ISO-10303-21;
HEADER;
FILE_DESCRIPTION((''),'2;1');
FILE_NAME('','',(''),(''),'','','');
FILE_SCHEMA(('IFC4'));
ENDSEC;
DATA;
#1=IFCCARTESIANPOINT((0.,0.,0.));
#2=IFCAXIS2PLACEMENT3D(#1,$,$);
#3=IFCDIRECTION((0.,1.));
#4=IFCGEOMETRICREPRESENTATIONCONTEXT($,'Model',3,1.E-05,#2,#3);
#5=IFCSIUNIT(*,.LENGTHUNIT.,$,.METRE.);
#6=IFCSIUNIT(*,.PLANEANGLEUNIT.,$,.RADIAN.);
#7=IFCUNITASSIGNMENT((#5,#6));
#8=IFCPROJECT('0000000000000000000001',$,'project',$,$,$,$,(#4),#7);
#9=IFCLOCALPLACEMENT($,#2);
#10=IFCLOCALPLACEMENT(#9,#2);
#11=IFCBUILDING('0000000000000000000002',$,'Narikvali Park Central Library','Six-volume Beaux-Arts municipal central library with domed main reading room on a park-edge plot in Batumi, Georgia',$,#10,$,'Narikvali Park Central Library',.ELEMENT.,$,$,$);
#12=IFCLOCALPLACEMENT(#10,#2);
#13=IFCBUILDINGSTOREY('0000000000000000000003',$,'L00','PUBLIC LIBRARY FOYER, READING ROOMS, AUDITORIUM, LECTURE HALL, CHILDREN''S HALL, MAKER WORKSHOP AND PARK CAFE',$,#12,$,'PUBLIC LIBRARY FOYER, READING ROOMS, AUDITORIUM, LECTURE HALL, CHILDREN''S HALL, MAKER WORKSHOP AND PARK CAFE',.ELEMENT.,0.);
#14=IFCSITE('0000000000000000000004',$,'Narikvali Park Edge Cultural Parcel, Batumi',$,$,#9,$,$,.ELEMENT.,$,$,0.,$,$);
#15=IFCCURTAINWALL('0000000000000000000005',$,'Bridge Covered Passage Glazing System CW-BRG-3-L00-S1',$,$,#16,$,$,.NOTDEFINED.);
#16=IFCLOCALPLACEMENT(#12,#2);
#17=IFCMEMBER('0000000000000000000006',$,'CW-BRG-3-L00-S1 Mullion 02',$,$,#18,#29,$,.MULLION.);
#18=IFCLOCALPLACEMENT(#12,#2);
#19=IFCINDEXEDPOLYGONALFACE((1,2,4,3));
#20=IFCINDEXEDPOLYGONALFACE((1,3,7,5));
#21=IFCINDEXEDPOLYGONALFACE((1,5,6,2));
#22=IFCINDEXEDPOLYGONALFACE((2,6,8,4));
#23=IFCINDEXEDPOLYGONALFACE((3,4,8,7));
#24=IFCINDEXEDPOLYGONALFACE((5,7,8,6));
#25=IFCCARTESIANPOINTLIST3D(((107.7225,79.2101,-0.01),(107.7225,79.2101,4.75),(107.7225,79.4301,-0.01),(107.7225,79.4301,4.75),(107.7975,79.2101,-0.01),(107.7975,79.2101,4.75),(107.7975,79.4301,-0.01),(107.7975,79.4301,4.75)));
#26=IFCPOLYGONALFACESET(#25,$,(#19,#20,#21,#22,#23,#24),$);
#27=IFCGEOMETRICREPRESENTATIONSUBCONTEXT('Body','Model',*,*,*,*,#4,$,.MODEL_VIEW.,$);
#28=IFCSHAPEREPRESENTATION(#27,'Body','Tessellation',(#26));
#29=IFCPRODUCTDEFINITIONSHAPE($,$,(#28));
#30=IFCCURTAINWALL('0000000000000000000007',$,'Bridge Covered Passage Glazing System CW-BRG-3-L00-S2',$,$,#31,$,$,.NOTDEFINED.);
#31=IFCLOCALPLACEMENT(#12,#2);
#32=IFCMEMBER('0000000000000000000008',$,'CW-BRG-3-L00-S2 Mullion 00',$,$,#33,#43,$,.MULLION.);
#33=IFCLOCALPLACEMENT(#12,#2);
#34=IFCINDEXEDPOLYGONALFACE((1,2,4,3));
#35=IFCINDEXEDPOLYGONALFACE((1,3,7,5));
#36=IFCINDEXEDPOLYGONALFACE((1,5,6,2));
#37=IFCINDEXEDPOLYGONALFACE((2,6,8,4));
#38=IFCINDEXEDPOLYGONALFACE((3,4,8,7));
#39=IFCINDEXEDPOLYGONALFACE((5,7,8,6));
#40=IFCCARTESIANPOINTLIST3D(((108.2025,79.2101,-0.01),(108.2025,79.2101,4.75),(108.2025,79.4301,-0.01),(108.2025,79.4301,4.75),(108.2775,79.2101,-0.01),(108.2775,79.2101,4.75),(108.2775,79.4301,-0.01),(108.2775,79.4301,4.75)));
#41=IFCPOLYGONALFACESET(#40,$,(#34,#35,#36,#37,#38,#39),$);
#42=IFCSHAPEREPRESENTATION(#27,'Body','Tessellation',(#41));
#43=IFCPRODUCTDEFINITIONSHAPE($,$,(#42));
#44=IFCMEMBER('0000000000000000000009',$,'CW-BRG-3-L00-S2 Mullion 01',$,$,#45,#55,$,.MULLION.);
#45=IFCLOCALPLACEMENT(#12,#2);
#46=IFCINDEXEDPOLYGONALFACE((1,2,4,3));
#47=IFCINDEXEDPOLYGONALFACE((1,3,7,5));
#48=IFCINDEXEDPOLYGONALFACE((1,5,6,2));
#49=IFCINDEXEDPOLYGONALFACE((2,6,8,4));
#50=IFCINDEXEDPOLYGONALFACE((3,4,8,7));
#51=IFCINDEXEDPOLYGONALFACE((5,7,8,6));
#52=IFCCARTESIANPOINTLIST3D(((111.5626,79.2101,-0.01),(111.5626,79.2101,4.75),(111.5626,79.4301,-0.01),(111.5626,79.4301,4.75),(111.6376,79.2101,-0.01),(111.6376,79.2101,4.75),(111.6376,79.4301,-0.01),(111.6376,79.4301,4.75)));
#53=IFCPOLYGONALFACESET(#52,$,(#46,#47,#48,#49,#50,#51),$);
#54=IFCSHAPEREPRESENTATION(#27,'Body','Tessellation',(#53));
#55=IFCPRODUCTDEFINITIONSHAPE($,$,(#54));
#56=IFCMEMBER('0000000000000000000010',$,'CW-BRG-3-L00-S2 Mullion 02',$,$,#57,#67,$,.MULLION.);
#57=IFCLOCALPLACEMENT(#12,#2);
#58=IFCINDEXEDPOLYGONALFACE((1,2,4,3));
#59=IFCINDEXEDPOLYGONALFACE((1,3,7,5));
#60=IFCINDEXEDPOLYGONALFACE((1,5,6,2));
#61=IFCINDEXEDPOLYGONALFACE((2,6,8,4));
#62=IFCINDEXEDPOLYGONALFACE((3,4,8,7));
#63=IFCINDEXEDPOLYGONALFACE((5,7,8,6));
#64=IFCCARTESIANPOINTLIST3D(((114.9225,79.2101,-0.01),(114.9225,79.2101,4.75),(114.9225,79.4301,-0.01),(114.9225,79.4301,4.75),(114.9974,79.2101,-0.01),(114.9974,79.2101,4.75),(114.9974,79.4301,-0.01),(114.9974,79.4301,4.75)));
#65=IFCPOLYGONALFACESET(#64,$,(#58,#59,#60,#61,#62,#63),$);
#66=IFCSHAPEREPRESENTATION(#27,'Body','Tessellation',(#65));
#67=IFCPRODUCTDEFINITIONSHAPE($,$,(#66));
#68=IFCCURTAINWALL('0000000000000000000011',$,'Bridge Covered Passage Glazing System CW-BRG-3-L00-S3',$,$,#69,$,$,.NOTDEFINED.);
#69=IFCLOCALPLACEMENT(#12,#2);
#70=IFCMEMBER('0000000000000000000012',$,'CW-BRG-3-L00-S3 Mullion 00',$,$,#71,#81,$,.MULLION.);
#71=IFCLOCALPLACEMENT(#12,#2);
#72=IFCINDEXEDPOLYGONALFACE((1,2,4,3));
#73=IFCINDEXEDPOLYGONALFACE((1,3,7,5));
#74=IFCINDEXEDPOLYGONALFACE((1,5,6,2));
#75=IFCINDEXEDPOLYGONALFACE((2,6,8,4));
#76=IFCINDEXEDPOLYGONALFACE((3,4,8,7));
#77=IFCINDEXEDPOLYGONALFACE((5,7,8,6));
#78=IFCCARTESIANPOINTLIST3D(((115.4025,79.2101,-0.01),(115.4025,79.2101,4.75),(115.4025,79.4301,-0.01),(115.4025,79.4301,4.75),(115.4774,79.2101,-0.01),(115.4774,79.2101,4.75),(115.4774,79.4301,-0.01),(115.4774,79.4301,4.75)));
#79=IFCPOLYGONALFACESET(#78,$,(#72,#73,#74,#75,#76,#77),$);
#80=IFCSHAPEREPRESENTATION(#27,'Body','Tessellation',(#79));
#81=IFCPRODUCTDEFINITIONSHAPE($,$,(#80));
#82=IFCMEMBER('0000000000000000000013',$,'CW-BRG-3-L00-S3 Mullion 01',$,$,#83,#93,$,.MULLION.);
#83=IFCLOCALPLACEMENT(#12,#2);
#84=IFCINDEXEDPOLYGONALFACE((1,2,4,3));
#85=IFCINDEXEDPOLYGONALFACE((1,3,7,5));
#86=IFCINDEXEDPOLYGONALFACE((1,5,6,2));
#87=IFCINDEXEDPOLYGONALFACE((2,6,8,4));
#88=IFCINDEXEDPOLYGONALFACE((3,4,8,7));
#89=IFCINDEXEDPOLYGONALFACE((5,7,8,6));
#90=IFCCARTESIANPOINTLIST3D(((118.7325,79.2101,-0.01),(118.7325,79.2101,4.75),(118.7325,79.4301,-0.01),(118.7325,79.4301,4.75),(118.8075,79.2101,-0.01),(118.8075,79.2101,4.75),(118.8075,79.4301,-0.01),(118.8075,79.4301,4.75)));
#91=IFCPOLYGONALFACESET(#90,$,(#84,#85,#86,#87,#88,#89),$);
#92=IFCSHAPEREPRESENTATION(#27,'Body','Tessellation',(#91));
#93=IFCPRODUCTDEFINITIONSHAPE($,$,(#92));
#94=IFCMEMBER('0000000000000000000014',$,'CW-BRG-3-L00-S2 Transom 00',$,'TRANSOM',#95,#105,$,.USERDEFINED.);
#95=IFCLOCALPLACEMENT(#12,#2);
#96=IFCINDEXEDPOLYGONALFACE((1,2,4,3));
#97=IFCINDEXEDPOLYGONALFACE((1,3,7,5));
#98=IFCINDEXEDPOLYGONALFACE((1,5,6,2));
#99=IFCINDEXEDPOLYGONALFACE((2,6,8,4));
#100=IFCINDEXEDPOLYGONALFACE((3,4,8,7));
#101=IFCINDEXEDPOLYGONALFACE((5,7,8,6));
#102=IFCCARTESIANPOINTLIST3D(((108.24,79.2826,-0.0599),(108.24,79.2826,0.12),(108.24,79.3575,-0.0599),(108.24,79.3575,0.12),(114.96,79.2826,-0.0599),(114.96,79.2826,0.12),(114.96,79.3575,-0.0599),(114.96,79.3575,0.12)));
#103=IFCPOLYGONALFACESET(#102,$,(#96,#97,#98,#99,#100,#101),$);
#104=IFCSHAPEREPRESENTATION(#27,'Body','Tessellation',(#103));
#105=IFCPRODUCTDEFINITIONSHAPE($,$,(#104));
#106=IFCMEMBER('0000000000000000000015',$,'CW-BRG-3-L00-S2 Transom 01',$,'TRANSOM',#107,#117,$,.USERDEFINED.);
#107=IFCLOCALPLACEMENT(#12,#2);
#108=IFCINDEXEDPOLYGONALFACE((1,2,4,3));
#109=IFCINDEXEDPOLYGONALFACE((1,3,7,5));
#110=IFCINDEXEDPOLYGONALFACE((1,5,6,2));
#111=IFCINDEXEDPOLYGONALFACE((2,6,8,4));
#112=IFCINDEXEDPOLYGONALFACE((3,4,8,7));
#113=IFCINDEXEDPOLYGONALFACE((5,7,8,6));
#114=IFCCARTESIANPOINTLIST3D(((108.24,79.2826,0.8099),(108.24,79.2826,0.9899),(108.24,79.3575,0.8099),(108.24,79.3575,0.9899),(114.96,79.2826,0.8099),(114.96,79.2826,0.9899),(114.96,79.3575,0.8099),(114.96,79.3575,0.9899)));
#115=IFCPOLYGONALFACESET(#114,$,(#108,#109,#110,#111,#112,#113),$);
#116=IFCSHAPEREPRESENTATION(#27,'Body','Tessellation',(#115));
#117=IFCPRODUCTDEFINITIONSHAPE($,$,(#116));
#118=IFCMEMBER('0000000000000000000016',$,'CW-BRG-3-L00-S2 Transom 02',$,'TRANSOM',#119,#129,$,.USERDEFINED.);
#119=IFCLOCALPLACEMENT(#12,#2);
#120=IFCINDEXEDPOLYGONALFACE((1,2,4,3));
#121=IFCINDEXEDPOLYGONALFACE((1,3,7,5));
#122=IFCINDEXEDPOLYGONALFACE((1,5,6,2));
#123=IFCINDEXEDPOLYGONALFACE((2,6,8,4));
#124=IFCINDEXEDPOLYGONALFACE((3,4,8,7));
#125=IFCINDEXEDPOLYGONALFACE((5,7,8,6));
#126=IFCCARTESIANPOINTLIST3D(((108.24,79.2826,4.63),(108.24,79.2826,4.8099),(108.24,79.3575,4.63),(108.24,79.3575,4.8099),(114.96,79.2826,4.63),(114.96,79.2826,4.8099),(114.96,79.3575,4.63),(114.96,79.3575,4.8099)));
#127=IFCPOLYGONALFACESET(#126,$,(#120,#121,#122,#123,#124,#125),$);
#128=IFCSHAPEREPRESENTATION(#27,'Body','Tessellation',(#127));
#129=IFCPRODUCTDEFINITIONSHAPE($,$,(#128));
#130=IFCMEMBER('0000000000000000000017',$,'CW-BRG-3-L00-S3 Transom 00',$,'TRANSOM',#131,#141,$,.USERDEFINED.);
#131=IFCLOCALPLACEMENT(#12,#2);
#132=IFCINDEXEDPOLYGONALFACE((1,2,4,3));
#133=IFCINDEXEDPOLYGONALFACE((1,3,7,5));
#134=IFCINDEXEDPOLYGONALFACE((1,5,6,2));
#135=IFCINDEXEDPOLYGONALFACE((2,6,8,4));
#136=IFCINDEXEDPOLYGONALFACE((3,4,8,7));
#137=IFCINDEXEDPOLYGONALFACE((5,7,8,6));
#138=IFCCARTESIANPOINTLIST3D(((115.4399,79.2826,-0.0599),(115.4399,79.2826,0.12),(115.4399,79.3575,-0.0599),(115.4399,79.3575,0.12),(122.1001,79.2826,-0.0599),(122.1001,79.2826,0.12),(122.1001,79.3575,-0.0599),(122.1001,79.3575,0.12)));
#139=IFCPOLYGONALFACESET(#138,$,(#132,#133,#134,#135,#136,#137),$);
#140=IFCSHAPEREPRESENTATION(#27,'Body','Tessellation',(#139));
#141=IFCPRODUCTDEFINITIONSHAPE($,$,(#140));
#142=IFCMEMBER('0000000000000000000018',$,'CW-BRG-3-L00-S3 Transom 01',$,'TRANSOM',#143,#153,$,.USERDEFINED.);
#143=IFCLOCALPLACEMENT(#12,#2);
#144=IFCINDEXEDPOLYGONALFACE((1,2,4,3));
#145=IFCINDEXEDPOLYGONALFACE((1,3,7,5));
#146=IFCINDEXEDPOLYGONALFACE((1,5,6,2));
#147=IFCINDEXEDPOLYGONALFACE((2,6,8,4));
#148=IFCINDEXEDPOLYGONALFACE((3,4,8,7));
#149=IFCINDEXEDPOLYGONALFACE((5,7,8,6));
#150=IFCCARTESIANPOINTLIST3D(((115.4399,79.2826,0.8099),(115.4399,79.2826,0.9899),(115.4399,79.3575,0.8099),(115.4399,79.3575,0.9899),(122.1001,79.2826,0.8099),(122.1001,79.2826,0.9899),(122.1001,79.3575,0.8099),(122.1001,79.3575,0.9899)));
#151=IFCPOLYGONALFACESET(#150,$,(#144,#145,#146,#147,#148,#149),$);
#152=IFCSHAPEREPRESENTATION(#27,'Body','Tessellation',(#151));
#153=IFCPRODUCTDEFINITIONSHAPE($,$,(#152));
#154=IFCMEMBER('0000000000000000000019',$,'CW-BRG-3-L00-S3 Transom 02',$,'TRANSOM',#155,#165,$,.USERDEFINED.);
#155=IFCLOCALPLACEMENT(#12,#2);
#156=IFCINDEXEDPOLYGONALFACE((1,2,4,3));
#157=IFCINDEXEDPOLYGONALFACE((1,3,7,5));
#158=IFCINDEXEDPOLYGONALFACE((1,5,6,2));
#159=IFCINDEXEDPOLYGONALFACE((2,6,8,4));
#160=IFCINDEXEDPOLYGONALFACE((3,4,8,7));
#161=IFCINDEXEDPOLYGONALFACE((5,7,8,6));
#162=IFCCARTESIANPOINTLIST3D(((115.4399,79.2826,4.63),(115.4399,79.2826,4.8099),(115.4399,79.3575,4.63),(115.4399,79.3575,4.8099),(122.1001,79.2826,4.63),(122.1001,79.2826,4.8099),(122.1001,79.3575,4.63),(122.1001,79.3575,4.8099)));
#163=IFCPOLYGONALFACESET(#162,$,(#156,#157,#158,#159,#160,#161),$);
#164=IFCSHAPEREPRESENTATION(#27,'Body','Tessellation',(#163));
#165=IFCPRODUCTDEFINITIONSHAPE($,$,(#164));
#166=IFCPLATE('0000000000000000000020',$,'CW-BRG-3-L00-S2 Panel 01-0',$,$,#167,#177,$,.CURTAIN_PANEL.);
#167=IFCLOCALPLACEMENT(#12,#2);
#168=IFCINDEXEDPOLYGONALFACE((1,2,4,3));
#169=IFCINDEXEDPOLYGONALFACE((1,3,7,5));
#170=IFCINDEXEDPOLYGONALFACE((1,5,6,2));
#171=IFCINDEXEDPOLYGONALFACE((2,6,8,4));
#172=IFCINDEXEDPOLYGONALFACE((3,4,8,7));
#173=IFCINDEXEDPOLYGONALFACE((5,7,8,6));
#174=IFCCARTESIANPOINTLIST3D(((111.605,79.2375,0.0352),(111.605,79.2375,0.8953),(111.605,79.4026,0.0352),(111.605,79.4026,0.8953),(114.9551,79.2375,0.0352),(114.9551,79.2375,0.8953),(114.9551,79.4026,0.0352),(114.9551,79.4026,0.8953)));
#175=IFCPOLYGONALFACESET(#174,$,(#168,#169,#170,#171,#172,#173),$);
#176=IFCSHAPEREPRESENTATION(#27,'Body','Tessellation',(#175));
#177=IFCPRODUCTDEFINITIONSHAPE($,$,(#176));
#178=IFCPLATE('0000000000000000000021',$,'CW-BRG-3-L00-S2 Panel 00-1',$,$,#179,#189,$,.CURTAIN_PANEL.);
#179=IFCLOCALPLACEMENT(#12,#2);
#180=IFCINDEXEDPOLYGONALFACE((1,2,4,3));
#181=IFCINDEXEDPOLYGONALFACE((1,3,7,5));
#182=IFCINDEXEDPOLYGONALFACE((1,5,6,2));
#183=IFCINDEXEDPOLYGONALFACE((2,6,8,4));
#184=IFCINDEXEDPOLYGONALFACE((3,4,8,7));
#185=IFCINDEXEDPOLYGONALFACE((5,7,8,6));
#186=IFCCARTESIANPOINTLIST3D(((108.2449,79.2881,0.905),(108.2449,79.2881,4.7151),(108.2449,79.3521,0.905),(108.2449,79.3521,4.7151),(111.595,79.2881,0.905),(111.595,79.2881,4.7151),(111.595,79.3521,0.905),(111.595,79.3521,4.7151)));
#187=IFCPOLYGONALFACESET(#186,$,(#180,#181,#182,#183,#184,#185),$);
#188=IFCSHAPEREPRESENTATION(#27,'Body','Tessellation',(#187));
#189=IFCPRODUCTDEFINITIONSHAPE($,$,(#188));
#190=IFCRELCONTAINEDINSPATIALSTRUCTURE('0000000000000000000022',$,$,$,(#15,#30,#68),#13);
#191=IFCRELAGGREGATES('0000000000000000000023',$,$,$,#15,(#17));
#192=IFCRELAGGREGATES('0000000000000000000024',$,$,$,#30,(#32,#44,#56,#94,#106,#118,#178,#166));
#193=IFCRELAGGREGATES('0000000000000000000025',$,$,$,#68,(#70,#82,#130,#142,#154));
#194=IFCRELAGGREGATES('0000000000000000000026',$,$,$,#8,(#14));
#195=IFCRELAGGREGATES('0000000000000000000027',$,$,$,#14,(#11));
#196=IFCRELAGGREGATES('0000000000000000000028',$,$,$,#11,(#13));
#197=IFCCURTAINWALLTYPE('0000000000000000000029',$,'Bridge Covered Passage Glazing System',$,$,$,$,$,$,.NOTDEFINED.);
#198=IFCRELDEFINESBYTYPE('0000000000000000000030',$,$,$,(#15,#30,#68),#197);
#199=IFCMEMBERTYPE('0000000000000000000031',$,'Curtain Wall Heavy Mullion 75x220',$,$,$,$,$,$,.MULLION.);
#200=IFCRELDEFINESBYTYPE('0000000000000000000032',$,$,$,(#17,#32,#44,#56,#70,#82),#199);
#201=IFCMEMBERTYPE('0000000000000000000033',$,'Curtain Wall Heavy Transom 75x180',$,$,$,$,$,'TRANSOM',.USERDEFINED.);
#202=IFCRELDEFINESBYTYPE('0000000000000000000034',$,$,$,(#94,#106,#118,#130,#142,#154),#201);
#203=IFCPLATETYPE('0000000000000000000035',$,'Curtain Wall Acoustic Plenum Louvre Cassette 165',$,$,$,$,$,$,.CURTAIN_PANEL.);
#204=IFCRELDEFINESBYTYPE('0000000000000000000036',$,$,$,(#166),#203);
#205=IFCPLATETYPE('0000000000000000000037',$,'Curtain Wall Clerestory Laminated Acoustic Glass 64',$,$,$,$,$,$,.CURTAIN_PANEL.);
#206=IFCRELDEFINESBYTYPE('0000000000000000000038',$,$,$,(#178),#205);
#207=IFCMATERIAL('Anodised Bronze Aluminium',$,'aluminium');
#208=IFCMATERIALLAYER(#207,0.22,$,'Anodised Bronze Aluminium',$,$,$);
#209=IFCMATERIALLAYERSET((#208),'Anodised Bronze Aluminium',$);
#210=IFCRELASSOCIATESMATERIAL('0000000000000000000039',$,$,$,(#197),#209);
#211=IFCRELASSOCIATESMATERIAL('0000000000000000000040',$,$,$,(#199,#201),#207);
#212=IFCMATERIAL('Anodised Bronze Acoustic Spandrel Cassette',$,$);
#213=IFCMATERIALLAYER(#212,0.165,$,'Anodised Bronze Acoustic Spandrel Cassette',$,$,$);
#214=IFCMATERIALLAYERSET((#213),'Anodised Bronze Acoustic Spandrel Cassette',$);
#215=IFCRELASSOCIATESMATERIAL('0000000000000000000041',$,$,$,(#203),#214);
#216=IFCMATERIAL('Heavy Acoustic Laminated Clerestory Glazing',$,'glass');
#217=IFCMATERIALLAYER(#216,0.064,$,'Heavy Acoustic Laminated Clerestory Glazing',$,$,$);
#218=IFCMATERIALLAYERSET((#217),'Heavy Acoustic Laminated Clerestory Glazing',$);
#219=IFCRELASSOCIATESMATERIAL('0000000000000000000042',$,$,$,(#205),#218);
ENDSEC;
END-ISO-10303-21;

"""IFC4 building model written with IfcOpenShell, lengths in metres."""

from ifc_helpers import new_model, si_unit, direction, frame, origin, origin_2d, place, context, subcontext, project, spatial, rectangle, extrude, material, layer, layer_set, material_profile, profile_set, type_object, element, aggregate, save


model = new_model("IFC4")

# Units and contexts
model_context = context("Model", 3, precision=1e-05, world=origin(), true_north=direction((0.0, 1.0)))
body_context = subcontext(model_context, "Body", "Model", "MODEL_VIEW")
ifc_project = project(units=[si_unit("LENGTHUNIT", "METRE"), si_unit("PLANEANGLEUNIT", "RADIAN")], contexts=[model_context])

# Site, building, storey
site_placement = place(None, origin())
site = spatial("IfcSite", under=ifc_project, at=site_placement, Name="Narikvali Park Edge Cultural Parcel, Batumi", CompositionType="ELEMENT", RefElevation=0.0)
building_placement = place(site_placement, origin())
building = spatial("IfcBuilding", under=site, at=building_placement, Name="Narikvali Park Central Library", Description="Six-volume Beaux-Arts municipal central library with domed main reading room on a park-edge plot in Batumi, Georgia", LongName="Narikvali Park Central Library", CompositionType="ELEMENT")
storey_placement = place(building_placement, origin())
storey = spatial("IfcBuildingStorey", under=building, at=storey_placement, Name="L00", Description="PUBLIC LIBRARY FOYER, READING ROOMS, AUDITORIUM, LECTURE HALL, CHILDREN'S HALL, MAKER WORKSHOP AND PARK CAFE", LongName="PUBLIC LIBRARY FOYER, READING ROOMS, AUDITORIUM, LECTURE HALL, CHILDREN'S HALL, MAKER WORKSHOP AND PARK CAFE", CompositionType="ELEMENT", Elevation=0.0)

# Curtain wall, member
ifc_material_1 = material(Name="Anodised Bronze Aluminium", Category="aluminium")
ifc_layer_1 = layer(ifc_material_1, 0.22, Name="Anodised Bronze Aluminium")
ifc_layer_set_1 = layer_set([ifc_layer_1], Name="Anodised Bronze Aluminium")
curtain_wall_type = type_object("IfcCurtainWallType", Name="Bridge Covered Passage Glazing System", PredefinedType="NOTDEFINED", material=ifc_layer_set_1)
curtain_wall_1_placement = place(storey_placement, origin())
curtain_wall_1 = element("IfcCurtainWall", 1, at=curtain_wall_1_placement, inside=storey, type_object=curtain_wall_type, Name="Bridge Covered Passage Glazing System CW-BRG-3-L00-S1", PredefinedType="NOTDEFINED")
ifc_material_profile_1 = material_profile(ifc_material_1, rectangle(XDim=0.075, YDim=0.22, at=origin_2d()), Name="CW MULLION 75x220")
ifc_profile_set_1 = profile_set([ifc_material_profile_1], Name="Anodised Bronze Aluminium")
member_type_1 = type_object("IfcMemberType", Name="Curtain Wall Heavy Mullion 75x220", PredefinedType="MULLION", material=ifc_profile_set_1)
member_1_placement = place(storey_placement, frame((107.76, 79.3201, -0.01), z_axis=(0.0, 0.0, 1.0), x_axis=(1.0, 0.0, 0.0)))
member_1 = element("IfcMember", 2, at=member_1_placement, type_object=member_type_1, Name="CW-BRG-3-L00-S1 Mullion 02", PredefinedType="MULLION", context=body_context, shape_type="SweptSolid", body=[
    extrude(rectangle(XDim=0.075, YDim=0.22, at=origin_2d()), origin(), (0.0, 0.0, 1.0), 4.76),
])

# Curtain walls, members
curtain_wall_2_placement = place(storey_placement, origin())
curtain_wall_2 = element("IfcCurtainWall", 3, at=curtain_wall_2_placement, inside=storey, type_object=curtain_wall_type, Name="Bridge Covered Passage Glazing System CW-BRG-3-L00-S2", PredefinedType="NOTDEFINED")
member_2_placement = place(storey_placement, frame((108.24, 79.3201, -0.01), z_axis=(0.0, 0.0, 1.0), x_axis=(1.0, 0.0, 0.0)))
member_2 = element("IfcMember", 4, at=member_2_placement, type_object=member_type_1, Name="CW-BRG-3-L00-S2 Mullion 00", PredefinedType="MULLION", context=body_context, shape_type="SweptSolid", body=[
    extrude(rectangle(XDim=0.075, YDim=0.22, at=origin_2d()), origin(), (0.0, 0.0, 1.0), 4.76),
])
member_3_placement = place(storey_placement, frame((111.6001, 79.3201, -0.01), z_axis=(0.0, 0.0, 1.0), x_axis=(1.0, 0.0, 0.0)))
member_3 = element("IfcMember", 5, at=member_3_placement, type_object=member_type_1, Name="CW-BRG-3-L00-S2 Mullion 01", PredefinedType="MULLION", context=body_context, shape_type="SweptSolid", body=[
    extrude(rectangle(XDim=0.075, YDim=0.22, at=origin_2d()), origin(), (0.0, 0.0, 1.0), 4.76),
])
member_4_placement = place(storey_placement, frame((114.96, 79.3201, -0.01), z_axis=(0.0, 0.0, 1.0), x_axis=(1.0, 0.0, 0.0)))
member_4 = element("IfcMember", 6, at=member_4_placement, type_object=member_type_1, Name="CW-BRG-3-L00-S2 Mullion 02", PredefinedType="MULLION", context=body_context, shape_type="SweptSolid", body=[
    extrude(rectangle(XDim=0.075, YDim=0.22, at=origin_2d()), origin(), (0.0, 0.0, 1.0), 4.76),
])
curtain_wall_3_placement = place(storey_placement, origin())
curtain_wall_3 = element("IfcCurtainWall", 7, at=curtain_wall_3_placement, inside=storey, type_object=curtain_wall_type, Name="Bridge Covered Passage Glazing System CW-BRG-3-L00-S3", PredefinedType="NOTDEFINED")
member_5_placement = place(storey_placement, frame((115.4399, 79.3201, -0.01), z_axis=(0.0, 0.0, 1.0), x_axis=(1.0, 0.0, 0.0)))
member_5 = element("IfcMember", 8, at=member_5_placement, type_object=member_type_1, Name="CW-BRG-3-L00-S3 Mullion 00", PredefinedType="MULLION", context=body_context, shape_type="SweptSolid", body=[
    extrude(rectangle(XDim=0.075, YDim=0.22, at=origin_2d()), origin(), (0.0, 0.0, 1.0), 4.76),
])
member_6_placement = place(storey_placement, frame((118.77, 79.3201, -0.01), z_axis=(0.0, 0.0, 1.0), x_axis=(1.0, 0.0, 0.0)))
member_6 = element("IfcMember", 9, at=member_6_placement, type_object=member_type_1, Name="CW-BRG-3-L00-S3 Mullion 01", PredefinedType="MULLION", context=body_context, shape_type="SweptSolid", body=[
    extrude(rectangle(XDim=0.075, YDim=0.22, at=origin_2d()), origin(), (0.0, 0.0, 1.0), 4.76),
])

# Members
ifc_material_profile_2 = material_profile(ifc_material_1, rectangle(XDim=0.075, YDim=0.1799, at=origin_2d()), Name="CW TRANSOM 75x180")
ifc_profile_set_2 = profile_set([ifc_material_profile_2], Name="Anodised Bronze Aluminium")
member_type_2 = type_object("IfcMemberType", Name="Curtain Wall Heavy Transom 75x180", ElementType="TRANSOM", PredefinedType="USERDEFINED", material=ifc_profile_set_2)
member_7_placement = place(storey_placement, frame((108.24, 79.3201, 0.03), z_axis=(1.0, 0.0, 0.0), x_axis=(0.0, 1.0, 0.0)))
member_7 = element("IfcMember", 10, at=member_7_placement, type_object=member_type_2, Name="CW-BRG-3-L00-S2 Transom 00", ObjectType="TRANSOM", PredefinedType="USERDEFINED", context=body_context, shape_type="SweptSolid", body=[
    extrude(rectangle(XDim=0.075, YDim=0.1799, at=origin_2d()), origin(), (0.0, 0.0, 1.0), 6.72),
])
member_8_placement = place(storey_placement, frame((108.24, 79.3201, 0.8999), z_axis=(1.0, 0.0, 0.0), x_axis=(0.0, 1.0, 0.0)))
member_8 = element("IfcMember", 11, at=member_8_placement, type_object=member_type_2, Name="CW-BRG-3-L00-S2 Transom 01", ObjectType="TRANSOM", PredefinedType="USERDEFINED", context=body_context, shape_type="SweptSolid", body=[
    extrude(rectangle(XDim=0.075, YDim=0.1799, at=origin_2d()), origin(), (0.0, 0.0, 1.0), 6.72),
])
member_9_placement = place(storey_placement, frame((108.24, 79.3201, 4.72), z_axis=(1.0, 0.0, 0.0), x_axis=(0.0, 1.0, 0.0)))
member_9 = element("IfcMember", 12, at=member_9_placement, type_object=member_type_2, Name="CW-BRG-3-L00-S2 Transom 02", ObjectType="TRANSOM", PredefinedType="USERDEFINED", context=body_context, shape_type="SweptSolid", body=[
    extrude(rectangle(XDim=0.075, YDim=0.1799, at=origin_2d()), origin(), (0.0, 0.0, 1.0), 6.72),
])
member_10_placement = place(storey_placement, frame((115.4399, 79.3201, 0.03), z_axis=(1.0, 0.0, 0.0), x_axis=(0.0, 1.0, 0.0)))
member_10 = element("IfcMember", 13, at=member_10_placement, type_object=member_type_2, Name="CW-BRG-3-L00-S3 Transom 00", ObjectType="TRANSOM", PredefinedType="USERDEFINED", context=body_context, shape_type="SweptSolid", body=[
    extrude(rectangle(XDim=0.075, YDim=0.1799, at=origin_2d()), origin(), (0.0, 0.0, 1.0), 6.6602),
])
member_11_placement = place(storey_placement, frame((115.4399, 79.3201, 0.8999), z_axis=(1.0, 0.0, 0.0), x_axis=(0.0, 1.0, 0.0)))
member_11 = element("IfcMember", 14, at=member_11_placement, type_object=member_type_2, Name="CW-BRG-3-L00-S3 Transom 01", ObjectType="TRANSOM", PredefinedType="USERDEFINED", context=body_context, shape_type="SweptSolid", body=[
    extrude(rectangle(XDim=0.075, YDim=0.1799, at=origin_2d()), origin(), (0.0, 0.0, 1.0), 6.6602),
])
member_12_placement = place(storey_placement, frame((115.4399, 79.3201, 4.72), z_axis=(1.0, 0.0, 0.0), x_axis=(0.0, 1.0, 0.0)))
member_12 = element("IfcMember", 15, at=member_12_placement, type_object=member_type_2, Name="CW-BRG-3-L00-S3 Transom 02", ObjectType="TRANSOM", PredefinedType="USERDEFINED", context=body_context, shape_type="SweptSolid", body=[
    extrude(rectangle(XDim=0.075, YDim=0.1799, at=origin_2d()), origin(), (0.0, 0.0, 1.0), 6.6602),
])

# Plates
ifc_material_2 = material(Name="Anodised Bronze Acoustic Spandrel Cassette")
ifc_layer_2 = layer(ifc_material_2, 0.165, Name="Anodised Bronze Acoustic Spandrel Cassette")
ifc_layer_set_2 = layer_set([ifc_layer_2], Name="Anodised Bronze Acoustic Spandrel Cassette")
plate_type_1 = type_object("IfcPlateType", Name="Curtain Wall Acoustic Plenum Louvre Cassette 165", PredefinedType="CURTAIN_PANEL", material=ifc_layer_set_2)
plate_1_placement = place(storey_placement, frame((113.28, 79.3201, 0.0352), z_axis=(0.0, 0.0, 1.0), x_axis=(1.0, 0.0, 0.0)))
plate_1 = element("IfcPlate", 16, at=plate_1_placement, type_object=plate_type_1, Name="CW-BRG-3-L00-S2 Panel 01-0", PredefinedType="CURTAIN_PANEL", context=body_context, shape_type="SweptSolid", body=[
    extrude(rectangle(XDim=3.3501, YDim=0.165, at=origin_2d()), origin(), (0.0, 0.0, 1.0), 0.8601),
])
ifc_material_3 = material(Name="Heavy Acoustic Laminated Clerestory Glazing", Category="glass")
ifc_layer_3 = layer(ifc_material_3, 0.064, Name="Heavy Acoustic Laminated Clerestory Glazing")
ifc_layer_set_3 = layer_set([ifc_layer_3], Name="Heavy Acoustic Laminated Clerestory Glazing")
plate_type_2 = type_object("IfcPlateType", Name="Curtain Wall Clerestory Laminated Acoustic Glass 64", PredefinedType="CURTAIN_PANEL", material=ifc_layer_set_3)
plate_2_placement = place(storey_placement, frame((109.9199, 79.3201, 0.905), z_axis=(0.0, 0.0, 1.0), x_axis=(1.0, 0.0, 0.0)))
plate_2 = element("IfcPlate", 17, at=plate_2_placement, type_object=plate_type_2, Name="CW-BRG-3-L00-S2 Panel 00-1", PredefinedType="CURTAIN_PANEL", context=body_context, shape_type="SweptSolid", body=[
    extrude(rectangle(XDim=3.3501, YDim=0.064, at=origin_2d()), origin(), (0.0, 0.0, 1.0), 3.8101),
])
aggregate(curtain_wall_1, [member_1])

aggregate(curtain_wall_2, [member_2, member_3, member_4, member_7, member_8, member_9, plate_2, plate_1])
aggregate(curtain_wall_3, [member_5, member_6, member_10, member_11, member_12])

save(model, "model.ifc")
